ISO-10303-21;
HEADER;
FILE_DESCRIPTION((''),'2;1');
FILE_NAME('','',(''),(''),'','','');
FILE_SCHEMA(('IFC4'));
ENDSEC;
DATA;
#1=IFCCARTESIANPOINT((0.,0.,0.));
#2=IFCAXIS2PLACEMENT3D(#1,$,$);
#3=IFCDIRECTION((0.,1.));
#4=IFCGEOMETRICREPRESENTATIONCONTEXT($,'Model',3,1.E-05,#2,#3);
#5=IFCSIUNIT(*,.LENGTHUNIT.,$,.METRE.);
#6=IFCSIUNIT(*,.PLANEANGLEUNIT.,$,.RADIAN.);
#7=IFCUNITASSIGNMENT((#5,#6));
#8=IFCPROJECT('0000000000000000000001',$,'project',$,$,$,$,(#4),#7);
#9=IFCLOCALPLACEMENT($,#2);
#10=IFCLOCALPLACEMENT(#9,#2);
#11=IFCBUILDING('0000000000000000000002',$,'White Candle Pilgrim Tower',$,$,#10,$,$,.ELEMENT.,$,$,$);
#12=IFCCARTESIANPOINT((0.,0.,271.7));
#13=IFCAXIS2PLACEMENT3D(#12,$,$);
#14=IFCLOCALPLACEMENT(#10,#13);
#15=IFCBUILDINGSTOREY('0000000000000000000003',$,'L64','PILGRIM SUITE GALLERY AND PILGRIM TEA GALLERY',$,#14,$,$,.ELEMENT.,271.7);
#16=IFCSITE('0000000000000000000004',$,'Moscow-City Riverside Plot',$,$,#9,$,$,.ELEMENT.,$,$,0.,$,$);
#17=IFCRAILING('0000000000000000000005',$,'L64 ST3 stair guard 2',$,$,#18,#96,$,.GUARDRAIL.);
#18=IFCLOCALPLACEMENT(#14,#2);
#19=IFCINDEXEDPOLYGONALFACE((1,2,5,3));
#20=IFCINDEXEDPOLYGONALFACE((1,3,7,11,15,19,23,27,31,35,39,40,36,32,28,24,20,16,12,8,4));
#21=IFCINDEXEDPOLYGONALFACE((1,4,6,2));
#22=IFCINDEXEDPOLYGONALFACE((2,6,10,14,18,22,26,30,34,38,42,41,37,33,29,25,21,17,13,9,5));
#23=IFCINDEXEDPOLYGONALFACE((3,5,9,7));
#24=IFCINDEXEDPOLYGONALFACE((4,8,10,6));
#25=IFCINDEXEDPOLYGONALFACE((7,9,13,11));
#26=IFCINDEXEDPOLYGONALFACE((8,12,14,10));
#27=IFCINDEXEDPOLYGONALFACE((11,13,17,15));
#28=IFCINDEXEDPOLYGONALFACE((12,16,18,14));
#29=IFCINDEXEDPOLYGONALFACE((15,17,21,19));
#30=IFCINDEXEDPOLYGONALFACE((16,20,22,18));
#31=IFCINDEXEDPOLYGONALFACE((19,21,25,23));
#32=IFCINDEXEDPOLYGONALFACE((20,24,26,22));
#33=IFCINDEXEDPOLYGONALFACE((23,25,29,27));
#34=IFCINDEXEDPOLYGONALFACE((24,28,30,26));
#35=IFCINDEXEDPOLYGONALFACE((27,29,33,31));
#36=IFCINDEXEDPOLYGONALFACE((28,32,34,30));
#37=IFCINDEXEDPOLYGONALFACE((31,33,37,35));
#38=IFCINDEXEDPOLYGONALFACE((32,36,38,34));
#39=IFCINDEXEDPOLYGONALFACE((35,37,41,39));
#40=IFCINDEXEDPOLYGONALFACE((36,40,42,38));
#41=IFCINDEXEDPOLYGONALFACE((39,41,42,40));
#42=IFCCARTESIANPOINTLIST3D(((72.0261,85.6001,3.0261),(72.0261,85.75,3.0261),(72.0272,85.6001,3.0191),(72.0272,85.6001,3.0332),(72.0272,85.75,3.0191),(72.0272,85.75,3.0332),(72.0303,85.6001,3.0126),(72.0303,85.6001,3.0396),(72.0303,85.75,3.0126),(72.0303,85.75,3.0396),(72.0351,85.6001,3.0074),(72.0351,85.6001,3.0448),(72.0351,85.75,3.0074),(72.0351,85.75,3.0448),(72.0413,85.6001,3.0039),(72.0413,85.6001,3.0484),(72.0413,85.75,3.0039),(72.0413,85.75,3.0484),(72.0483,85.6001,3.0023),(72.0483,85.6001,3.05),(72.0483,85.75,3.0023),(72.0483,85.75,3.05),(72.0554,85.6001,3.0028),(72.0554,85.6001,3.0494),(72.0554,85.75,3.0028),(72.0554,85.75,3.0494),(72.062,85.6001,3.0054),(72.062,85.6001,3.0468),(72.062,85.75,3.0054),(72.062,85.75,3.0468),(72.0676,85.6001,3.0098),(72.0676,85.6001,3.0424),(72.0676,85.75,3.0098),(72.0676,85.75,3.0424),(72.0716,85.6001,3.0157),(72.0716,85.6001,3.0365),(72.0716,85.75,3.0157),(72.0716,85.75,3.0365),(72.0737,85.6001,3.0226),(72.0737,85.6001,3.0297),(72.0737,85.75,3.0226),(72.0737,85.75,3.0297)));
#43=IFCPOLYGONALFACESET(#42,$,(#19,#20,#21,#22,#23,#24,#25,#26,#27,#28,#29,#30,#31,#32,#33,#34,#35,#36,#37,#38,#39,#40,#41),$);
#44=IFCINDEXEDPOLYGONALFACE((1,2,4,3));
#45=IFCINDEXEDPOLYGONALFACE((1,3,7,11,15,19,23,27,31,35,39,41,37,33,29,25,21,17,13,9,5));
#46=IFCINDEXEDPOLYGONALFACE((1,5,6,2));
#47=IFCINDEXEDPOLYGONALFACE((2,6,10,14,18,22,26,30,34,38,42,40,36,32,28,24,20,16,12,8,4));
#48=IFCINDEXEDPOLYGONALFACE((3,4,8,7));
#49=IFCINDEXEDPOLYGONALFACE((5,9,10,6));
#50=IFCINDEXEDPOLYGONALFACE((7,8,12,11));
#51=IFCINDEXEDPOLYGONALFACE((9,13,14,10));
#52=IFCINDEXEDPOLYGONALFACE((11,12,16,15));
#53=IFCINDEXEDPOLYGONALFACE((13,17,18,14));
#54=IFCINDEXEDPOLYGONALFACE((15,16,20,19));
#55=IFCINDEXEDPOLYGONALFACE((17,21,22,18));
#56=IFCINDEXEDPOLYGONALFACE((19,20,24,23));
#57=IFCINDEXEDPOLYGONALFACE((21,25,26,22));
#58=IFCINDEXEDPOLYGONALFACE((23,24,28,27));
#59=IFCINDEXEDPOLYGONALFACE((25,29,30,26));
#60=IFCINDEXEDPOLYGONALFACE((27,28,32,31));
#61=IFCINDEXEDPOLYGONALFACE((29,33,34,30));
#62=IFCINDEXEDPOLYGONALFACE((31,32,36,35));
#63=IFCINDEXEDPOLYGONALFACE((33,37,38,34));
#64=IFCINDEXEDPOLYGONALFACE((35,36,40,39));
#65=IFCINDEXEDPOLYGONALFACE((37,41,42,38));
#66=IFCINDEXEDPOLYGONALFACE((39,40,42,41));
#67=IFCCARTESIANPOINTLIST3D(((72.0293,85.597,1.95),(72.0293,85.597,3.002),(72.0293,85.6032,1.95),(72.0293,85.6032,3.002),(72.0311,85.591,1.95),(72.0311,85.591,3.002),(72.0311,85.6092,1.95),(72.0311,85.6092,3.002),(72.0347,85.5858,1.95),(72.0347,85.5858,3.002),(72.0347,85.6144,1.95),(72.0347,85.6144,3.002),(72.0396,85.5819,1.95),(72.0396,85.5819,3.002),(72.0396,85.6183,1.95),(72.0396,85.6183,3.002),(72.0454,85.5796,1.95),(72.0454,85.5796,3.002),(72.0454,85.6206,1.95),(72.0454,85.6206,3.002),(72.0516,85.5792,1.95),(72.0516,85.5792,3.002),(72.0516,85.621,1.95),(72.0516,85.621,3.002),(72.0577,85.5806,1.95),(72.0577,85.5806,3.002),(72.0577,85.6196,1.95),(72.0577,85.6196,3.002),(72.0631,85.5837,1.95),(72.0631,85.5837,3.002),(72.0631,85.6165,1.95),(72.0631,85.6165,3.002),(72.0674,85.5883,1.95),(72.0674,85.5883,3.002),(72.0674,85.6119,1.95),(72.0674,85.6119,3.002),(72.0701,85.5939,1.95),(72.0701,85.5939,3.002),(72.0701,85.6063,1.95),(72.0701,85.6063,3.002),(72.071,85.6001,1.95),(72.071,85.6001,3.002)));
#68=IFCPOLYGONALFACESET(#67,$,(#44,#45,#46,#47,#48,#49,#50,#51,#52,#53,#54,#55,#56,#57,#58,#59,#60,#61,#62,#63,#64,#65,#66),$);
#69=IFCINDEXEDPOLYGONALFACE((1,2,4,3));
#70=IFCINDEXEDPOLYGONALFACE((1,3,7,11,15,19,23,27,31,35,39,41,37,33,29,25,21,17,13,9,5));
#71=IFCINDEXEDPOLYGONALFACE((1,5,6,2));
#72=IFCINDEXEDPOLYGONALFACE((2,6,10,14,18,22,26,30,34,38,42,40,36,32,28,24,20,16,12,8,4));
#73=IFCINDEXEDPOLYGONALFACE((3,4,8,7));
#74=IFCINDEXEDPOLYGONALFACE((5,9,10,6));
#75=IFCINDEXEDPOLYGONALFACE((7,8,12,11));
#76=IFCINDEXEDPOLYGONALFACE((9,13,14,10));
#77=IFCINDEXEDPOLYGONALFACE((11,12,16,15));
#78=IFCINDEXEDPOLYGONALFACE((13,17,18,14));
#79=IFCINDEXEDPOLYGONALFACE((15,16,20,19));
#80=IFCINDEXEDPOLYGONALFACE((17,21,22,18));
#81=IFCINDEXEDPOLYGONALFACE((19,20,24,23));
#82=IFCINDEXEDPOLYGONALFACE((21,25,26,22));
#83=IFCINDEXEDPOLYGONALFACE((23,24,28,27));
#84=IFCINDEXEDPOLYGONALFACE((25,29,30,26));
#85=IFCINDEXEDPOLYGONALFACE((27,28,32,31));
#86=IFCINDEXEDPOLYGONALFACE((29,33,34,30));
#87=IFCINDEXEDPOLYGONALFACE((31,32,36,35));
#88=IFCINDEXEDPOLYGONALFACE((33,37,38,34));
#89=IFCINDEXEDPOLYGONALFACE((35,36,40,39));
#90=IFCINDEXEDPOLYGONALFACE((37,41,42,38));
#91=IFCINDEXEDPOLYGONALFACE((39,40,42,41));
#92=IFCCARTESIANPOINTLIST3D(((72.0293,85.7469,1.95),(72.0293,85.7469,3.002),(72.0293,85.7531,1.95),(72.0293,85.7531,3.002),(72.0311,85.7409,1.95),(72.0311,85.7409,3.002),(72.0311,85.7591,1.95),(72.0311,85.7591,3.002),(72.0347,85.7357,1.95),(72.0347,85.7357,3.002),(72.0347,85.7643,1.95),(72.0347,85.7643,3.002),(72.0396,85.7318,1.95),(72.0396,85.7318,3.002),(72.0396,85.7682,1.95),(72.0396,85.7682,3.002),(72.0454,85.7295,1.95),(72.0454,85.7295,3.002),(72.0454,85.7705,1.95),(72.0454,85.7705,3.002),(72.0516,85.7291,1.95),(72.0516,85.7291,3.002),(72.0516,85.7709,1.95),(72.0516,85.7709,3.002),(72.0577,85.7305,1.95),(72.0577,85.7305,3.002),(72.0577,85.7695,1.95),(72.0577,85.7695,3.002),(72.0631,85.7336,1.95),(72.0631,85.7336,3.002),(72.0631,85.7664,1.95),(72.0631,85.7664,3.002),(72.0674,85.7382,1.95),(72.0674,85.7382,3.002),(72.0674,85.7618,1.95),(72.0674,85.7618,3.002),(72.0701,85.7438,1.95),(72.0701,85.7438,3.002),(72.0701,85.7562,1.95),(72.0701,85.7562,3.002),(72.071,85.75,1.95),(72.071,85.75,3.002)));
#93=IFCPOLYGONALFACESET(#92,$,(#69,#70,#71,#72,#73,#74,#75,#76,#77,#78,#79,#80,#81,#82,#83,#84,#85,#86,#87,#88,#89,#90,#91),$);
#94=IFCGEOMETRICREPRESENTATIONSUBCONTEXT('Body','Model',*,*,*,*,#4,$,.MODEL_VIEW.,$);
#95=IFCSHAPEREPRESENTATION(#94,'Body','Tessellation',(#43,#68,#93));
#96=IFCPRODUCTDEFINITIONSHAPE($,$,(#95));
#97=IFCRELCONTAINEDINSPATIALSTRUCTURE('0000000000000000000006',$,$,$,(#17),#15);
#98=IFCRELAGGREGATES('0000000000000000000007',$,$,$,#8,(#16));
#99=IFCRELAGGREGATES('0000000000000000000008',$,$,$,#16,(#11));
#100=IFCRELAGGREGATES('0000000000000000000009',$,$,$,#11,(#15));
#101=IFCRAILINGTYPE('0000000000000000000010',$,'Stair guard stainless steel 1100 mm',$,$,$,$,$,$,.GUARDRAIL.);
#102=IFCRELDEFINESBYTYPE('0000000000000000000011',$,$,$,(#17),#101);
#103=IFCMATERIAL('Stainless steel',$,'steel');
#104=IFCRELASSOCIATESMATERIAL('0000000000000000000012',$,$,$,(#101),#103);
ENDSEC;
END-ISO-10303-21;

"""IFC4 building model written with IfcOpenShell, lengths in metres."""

from ifc_helpers import new_model, si_unit, direction, frame, origin, origin_2d, place, context, subcontext, project, spatial, circle, extrude, material, type_object, element, save


model = new_model("IFC4")

# Units and contexts
model_context = context("Model", 3, precision=1e-05, world=origin(), true_north=direction((0.0, 1.0)))
body_context = subcontext(model_context, "Body", "Model", "MODEL_VIEW")
ifc_project = project(units=[si_unit("LENGTHUNIT", "METRE"), si_unit("PLANEANGLEUNIT", "RADIAN")], contexts=[model_context])

# Site, building, storey
site_placement = place(None, origin())
site = spatial("IfcSite", under=ifc_project, at=site_placement, Name="Moscow-City Riverside Plot", CompositionType="ELEMENT", RefElevation=0.0)
building_placement = place(site_placement, origin())
building = spatial("IfcBuilding", under=site, at=building_placement, Name="White Candle Pilgrim Tower", CompositionType="ELEMENT")
storey_placement = place(building_placement, frame((0.0, 0.0, 271.7)))
storey = spatial("IfcBuildingStorey", under=building, at=storey_placement, Name="L64", Description="PILGRIM SUITE GALLERY AND PILGRIM TEA GALLERY", CompositionType="ELEMENT", Elevation=271.7)

# Railing
ifc_material_1 = material(Name="Stainless steel", Category="steel")
railing_type_1 = type_object("IfcRailingType", Name="Stair guard stainless steel 1100 mm", PredefinedType="GUARDRAIL", material=ifc_material_1)
railing_1_placement = place(storey_placement, frame((72.05, 85.6001, 1.95)))
element("IfcRailing", 1, at=railing_1_placement, inside=storey, type_object=railing_type_1, Name="L64 ST3 stair guard 2", PredefinedType="GUARDRAIL", context=body_context, shape_type="SweptSolid", body=[
    extrude(circle(Radius=0.0239, at=origin_2d()), frame((0.0, 0.0, 1.0762), z_axis=(0.0, 1.0, 0.0), x_axis=(-1.0, 0.0, 0.0)), (0.0, 0.0, 1.0), 0.1499),
    extrude(circle(Radius=0.021, at=origin_2d()), origin(), (0.0, 0.0, 1.0), 1.052),
    extrude(circle(Radius=0.021, at=origin_2d()), frame((0.0, 0.1499, 0.0)), (0.0, 0.0, 1.0), 1.052),
])

save(model, "model.ifc")
